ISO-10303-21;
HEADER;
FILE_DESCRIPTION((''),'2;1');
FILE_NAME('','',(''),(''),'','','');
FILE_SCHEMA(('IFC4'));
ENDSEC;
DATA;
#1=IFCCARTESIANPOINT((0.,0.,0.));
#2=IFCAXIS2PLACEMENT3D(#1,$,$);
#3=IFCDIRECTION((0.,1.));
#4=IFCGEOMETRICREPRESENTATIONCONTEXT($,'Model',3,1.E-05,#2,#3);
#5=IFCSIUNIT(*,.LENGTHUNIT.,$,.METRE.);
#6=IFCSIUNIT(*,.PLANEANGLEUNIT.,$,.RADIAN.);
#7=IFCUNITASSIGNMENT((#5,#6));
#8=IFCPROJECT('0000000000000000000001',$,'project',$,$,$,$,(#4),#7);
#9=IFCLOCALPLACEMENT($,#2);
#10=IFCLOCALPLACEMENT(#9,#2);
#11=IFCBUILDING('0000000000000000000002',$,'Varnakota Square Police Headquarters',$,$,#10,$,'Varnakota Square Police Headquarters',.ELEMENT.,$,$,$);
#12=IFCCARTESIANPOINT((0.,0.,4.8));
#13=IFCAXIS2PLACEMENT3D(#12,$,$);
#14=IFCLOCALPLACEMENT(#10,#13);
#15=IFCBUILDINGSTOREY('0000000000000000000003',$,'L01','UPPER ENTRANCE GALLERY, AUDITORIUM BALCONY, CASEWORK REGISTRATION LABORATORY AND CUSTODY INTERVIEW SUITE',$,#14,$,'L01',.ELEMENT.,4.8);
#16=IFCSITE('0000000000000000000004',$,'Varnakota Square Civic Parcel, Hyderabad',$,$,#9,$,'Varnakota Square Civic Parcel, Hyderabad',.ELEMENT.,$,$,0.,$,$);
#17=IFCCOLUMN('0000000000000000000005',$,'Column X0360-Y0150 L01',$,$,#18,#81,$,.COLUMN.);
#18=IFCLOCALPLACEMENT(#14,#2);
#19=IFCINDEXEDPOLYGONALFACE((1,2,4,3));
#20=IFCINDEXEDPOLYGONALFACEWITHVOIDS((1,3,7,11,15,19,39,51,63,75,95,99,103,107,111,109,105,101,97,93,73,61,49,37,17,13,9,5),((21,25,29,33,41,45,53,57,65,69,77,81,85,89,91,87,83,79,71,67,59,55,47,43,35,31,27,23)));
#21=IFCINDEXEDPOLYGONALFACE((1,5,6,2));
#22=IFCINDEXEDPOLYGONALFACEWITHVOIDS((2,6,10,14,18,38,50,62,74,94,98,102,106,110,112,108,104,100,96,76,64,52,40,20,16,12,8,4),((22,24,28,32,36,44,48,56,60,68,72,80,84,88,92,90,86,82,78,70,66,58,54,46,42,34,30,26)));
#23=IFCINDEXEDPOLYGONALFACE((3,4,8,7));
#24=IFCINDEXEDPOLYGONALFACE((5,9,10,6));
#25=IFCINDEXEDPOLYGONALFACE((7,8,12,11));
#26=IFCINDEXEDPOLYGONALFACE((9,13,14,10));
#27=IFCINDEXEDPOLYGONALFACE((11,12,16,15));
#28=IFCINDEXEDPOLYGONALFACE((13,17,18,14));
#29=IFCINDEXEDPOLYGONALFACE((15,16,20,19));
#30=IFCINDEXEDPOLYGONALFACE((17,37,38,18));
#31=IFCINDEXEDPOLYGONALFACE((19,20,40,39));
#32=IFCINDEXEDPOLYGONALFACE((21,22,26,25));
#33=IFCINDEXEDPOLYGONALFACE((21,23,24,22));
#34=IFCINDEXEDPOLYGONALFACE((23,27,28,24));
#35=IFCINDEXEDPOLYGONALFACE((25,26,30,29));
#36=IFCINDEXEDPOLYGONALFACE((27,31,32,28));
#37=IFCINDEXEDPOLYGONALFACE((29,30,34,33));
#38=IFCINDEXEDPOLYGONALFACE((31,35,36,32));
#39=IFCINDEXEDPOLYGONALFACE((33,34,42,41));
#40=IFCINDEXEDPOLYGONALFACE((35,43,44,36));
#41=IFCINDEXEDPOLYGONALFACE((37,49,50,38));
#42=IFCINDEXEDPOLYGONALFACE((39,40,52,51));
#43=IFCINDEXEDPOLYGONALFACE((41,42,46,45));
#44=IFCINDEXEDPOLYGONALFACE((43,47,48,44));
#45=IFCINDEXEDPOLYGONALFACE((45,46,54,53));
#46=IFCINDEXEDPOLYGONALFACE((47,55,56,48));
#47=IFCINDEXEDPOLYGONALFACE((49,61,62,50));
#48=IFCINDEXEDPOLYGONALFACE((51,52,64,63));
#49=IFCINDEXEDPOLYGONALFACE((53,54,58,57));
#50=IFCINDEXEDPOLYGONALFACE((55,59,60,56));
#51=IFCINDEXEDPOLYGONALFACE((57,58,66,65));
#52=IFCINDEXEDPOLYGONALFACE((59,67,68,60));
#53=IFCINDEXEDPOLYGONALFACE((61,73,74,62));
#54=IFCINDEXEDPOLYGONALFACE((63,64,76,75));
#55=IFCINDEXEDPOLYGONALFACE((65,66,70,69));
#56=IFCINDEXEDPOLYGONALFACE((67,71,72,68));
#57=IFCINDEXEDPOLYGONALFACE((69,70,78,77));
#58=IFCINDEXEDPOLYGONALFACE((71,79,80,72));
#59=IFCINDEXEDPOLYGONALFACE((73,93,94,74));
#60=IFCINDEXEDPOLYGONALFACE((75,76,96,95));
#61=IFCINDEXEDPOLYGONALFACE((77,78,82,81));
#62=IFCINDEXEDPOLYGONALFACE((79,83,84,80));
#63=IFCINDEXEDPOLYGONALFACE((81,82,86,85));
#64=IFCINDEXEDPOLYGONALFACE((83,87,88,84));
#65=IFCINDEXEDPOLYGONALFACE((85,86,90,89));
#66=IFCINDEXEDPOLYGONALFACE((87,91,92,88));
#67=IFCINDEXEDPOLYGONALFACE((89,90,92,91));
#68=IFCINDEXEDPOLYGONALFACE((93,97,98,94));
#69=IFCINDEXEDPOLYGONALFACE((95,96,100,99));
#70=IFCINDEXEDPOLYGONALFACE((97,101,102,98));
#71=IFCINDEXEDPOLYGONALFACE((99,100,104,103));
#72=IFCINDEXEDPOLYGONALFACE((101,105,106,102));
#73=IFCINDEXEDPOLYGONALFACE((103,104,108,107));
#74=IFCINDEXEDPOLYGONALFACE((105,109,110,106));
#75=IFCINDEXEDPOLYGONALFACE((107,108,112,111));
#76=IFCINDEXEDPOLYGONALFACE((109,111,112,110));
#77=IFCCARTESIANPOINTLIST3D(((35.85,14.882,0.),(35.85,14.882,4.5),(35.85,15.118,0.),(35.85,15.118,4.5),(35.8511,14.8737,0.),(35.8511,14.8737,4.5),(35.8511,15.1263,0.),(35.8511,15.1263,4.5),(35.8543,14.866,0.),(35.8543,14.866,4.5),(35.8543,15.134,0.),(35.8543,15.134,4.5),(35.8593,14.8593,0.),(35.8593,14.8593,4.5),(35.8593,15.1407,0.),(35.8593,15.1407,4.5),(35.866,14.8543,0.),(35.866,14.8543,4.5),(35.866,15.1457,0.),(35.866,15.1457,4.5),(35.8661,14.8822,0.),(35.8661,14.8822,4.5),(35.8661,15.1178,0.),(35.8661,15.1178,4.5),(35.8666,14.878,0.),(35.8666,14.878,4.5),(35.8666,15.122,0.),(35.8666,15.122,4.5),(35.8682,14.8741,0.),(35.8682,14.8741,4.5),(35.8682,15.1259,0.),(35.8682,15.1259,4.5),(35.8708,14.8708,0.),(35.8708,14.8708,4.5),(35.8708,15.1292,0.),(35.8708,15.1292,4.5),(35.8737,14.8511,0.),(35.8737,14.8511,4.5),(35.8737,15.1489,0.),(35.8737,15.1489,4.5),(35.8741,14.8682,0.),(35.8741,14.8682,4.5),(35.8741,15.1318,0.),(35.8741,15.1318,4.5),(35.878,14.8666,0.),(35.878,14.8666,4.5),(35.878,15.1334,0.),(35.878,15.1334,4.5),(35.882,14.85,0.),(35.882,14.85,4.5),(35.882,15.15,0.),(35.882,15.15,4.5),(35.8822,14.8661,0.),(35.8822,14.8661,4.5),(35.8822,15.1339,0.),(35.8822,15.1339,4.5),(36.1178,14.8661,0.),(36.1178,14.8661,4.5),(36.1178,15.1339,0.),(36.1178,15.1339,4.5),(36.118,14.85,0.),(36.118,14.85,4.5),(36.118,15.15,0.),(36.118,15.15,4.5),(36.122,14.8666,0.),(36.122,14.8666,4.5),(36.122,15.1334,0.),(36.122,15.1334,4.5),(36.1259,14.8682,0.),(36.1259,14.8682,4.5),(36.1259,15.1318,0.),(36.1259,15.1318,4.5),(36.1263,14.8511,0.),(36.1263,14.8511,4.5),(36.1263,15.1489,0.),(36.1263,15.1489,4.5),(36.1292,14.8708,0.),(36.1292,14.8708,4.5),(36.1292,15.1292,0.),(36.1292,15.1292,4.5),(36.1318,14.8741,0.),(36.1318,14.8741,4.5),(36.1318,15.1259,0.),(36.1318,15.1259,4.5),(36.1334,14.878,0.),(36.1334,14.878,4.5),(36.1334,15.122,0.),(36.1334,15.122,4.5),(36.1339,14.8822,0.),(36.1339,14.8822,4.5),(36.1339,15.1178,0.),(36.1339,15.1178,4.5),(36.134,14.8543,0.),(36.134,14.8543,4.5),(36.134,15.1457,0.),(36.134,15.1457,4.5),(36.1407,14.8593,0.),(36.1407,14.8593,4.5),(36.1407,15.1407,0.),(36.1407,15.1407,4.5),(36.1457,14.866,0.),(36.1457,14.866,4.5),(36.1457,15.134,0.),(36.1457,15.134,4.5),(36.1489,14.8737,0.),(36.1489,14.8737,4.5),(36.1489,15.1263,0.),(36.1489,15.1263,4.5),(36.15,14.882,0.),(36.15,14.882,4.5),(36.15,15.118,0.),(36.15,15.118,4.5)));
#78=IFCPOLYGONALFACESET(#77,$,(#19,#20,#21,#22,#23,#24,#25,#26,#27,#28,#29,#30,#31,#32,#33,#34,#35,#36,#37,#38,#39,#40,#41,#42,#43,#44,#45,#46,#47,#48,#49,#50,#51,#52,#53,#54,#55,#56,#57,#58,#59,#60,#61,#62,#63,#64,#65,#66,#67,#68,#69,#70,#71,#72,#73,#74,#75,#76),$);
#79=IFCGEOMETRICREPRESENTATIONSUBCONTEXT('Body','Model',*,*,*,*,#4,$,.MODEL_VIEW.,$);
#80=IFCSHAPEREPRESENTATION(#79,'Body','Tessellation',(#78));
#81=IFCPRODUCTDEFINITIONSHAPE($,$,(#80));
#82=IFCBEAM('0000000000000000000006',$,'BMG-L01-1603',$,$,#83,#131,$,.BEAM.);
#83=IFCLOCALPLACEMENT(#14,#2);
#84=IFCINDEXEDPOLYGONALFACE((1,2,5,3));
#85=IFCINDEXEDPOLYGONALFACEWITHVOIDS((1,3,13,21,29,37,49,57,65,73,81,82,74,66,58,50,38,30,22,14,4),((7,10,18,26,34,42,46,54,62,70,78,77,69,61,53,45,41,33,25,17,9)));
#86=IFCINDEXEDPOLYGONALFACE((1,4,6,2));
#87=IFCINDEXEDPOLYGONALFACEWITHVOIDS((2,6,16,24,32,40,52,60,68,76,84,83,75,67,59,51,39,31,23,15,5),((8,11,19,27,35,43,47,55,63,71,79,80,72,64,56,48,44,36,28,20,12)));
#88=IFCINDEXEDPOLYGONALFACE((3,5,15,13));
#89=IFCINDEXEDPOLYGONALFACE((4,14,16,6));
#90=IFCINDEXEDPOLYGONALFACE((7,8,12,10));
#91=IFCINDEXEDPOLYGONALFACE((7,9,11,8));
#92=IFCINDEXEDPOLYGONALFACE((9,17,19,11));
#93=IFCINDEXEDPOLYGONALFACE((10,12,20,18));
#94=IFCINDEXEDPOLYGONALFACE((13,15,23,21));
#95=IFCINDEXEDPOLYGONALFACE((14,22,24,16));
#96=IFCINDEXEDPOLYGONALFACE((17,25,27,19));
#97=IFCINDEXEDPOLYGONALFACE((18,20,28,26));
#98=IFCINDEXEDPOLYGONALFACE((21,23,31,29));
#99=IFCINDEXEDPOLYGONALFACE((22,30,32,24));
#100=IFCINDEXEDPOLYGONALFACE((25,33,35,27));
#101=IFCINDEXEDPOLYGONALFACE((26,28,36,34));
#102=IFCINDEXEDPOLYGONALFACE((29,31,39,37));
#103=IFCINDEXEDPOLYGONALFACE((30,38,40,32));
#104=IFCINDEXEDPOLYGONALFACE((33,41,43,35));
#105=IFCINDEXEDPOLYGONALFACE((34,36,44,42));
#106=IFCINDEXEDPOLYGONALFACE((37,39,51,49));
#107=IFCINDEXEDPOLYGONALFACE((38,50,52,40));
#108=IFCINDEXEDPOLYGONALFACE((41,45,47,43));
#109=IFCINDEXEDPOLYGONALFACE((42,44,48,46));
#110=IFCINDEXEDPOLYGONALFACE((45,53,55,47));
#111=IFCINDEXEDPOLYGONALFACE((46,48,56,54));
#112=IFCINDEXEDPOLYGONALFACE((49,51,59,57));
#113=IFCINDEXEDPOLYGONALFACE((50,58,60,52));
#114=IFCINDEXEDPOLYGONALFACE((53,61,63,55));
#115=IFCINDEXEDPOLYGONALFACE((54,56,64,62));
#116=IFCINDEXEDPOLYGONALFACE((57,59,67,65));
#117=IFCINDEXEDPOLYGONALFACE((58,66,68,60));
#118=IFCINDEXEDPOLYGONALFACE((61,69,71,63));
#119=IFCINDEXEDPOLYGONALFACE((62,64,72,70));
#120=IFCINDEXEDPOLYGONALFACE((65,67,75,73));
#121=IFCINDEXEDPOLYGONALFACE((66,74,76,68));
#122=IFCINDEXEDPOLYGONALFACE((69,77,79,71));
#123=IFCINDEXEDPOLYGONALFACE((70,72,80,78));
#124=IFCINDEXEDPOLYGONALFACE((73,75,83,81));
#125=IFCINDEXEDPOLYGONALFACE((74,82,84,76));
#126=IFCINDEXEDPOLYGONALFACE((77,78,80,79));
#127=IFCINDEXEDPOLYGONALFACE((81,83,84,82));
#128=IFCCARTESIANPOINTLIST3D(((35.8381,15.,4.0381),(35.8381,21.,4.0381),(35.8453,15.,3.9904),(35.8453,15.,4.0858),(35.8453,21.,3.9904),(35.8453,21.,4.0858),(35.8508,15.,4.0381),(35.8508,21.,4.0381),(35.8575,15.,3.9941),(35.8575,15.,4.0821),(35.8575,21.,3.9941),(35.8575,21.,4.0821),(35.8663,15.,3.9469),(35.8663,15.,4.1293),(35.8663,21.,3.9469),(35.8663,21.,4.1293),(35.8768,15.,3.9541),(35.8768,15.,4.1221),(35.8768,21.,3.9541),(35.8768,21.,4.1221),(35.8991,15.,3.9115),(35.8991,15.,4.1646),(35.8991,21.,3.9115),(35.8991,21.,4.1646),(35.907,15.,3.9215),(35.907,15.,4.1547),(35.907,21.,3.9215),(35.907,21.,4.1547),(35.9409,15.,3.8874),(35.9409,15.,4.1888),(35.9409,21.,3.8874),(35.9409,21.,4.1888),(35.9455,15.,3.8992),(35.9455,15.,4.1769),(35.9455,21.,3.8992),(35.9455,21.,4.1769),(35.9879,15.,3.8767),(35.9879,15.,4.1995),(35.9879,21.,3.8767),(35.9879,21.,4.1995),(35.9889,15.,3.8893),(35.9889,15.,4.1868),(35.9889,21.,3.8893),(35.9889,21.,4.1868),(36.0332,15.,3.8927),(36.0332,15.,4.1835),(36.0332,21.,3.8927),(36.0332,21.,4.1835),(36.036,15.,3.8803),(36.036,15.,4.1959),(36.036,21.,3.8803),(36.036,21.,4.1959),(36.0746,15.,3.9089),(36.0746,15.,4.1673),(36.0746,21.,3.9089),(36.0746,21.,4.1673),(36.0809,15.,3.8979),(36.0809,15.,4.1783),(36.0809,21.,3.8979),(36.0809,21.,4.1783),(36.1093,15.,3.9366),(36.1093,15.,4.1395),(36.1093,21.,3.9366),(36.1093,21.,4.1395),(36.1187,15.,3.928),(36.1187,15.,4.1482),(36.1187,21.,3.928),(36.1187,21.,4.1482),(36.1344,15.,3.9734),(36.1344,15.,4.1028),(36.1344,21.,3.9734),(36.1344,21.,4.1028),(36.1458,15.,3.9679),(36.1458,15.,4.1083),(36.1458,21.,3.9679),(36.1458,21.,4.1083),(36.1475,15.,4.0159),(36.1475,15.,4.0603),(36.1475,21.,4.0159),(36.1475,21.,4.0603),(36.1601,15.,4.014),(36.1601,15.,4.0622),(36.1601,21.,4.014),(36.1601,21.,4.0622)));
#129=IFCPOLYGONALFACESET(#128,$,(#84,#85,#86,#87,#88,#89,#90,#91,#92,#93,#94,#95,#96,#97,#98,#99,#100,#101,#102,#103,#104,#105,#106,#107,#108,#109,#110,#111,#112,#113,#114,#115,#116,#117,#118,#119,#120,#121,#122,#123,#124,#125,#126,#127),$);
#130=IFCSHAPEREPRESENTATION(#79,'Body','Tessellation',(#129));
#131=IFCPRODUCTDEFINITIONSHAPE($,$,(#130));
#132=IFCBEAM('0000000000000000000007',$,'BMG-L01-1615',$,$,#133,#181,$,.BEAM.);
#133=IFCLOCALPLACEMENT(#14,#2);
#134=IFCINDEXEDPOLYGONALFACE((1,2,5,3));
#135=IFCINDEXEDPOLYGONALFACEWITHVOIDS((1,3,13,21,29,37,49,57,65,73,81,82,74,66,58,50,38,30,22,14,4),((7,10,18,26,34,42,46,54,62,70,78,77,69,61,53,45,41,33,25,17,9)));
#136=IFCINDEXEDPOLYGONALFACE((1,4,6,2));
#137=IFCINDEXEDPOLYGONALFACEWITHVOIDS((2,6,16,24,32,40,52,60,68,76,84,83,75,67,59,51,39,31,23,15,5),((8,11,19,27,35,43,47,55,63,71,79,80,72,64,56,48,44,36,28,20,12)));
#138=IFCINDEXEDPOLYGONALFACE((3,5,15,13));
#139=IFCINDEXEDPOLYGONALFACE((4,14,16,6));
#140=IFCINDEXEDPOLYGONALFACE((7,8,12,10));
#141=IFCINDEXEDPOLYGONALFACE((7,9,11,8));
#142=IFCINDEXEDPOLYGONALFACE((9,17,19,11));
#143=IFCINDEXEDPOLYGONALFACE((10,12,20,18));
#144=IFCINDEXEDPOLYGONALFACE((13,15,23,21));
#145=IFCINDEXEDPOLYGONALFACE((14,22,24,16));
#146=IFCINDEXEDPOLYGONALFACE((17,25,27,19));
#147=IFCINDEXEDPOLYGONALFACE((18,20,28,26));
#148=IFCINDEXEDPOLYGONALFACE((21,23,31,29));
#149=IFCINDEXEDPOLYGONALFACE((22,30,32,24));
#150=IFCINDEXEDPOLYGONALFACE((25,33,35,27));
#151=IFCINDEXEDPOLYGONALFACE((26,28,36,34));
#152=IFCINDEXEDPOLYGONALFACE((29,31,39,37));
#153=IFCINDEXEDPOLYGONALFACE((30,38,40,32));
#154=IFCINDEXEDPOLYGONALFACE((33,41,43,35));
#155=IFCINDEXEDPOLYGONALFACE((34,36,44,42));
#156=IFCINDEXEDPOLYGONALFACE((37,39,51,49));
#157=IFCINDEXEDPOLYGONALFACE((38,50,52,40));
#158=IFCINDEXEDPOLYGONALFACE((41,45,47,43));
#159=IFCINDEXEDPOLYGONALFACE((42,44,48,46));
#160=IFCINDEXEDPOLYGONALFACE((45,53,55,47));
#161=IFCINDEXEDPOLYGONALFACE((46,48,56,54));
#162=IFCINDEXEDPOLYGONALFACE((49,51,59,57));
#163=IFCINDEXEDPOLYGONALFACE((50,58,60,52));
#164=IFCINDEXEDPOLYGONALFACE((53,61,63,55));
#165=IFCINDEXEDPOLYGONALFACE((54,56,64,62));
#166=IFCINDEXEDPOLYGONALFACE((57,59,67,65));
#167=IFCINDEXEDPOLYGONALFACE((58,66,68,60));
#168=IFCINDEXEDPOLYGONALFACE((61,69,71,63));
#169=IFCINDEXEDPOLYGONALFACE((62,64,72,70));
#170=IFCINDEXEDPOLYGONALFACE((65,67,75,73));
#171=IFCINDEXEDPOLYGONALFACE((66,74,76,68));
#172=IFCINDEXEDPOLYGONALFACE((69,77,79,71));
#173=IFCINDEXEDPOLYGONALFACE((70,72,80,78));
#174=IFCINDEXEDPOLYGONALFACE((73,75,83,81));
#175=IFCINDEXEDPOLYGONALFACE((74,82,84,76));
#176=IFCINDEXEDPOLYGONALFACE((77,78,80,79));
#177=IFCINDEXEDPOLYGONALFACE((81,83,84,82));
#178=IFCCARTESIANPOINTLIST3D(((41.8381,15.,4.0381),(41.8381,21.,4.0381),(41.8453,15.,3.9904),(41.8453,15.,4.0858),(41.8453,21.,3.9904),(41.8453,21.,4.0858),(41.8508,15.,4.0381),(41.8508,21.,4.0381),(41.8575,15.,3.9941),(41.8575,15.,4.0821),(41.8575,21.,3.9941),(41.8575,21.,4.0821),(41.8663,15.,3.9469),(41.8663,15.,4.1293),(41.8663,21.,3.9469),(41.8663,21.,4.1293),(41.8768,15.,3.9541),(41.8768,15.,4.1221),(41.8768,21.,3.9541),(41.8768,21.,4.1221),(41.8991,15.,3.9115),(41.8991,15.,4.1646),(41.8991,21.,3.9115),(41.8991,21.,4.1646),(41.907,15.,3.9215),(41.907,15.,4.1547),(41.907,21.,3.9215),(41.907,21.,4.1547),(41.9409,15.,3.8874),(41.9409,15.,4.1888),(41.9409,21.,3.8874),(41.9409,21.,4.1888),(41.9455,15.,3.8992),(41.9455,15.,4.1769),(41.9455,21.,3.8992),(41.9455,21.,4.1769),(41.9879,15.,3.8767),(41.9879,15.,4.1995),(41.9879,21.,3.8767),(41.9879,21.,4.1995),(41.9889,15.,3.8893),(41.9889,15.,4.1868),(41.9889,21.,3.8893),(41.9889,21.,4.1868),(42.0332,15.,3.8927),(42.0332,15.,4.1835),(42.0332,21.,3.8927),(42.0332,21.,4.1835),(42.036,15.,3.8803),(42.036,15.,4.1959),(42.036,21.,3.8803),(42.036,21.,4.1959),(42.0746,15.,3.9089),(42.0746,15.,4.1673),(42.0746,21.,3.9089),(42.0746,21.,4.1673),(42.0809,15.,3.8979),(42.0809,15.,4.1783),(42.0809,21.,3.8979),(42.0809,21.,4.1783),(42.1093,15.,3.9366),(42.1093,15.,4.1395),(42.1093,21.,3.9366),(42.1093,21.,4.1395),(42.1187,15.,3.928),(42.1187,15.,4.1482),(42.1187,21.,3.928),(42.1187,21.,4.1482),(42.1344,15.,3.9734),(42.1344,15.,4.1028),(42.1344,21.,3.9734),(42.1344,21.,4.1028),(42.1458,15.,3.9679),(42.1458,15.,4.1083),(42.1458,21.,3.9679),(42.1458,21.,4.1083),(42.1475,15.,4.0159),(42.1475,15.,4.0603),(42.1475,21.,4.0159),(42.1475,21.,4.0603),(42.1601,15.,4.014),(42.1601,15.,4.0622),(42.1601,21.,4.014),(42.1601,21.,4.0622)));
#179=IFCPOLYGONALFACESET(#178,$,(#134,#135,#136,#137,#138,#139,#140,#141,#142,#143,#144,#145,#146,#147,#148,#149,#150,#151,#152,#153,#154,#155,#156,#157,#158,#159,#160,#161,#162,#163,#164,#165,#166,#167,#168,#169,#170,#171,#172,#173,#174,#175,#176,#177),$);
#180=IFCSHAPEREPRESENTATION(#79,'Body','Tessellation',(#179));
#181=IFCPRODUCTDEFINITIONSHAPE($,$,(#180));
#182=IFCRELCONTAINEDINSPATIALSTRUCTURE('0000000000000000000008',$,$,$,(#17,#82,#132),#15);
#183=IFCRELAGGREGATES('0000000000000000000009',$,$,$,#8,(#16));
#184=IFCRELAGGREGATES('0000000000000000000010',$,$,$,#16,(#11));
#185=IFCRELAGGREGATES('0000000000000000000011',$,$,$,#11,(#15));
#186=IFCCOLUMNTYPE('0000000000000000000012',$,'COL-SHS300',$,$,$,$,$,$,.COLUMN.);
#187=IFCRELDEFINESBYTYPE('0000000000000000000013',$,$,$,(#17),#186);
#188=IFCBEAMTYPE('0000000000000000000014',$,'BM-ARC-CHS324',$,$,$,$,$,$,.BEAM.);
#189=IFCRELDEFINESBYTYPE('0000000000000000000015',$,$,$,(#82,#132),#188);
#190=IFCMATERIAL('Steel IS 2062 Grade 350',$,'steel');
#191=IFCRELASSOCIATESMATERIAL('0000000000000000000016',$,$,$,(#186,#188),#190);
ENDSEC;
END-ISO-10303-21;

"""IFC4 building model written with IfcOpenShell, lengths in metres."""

from ifc_helpers import new_model, si_unit, direction, frame, origin, origin_2d, place, context, subcontext, project, spatial, hollow_rectangle, hollow_circle, extrude, material, material_profile, profile_set, type_object, element, save


model = new_model("IFC4")

# Units and contexts
model_context = context("Model", 3, precision=1e-05, world=origin(), true_north=direction((0.0, 1.0)))
body_context = subcontext(model_context, "Body", "Model", "MODEL_VIEW")
ifc_project = project(units=[si_unit("LENGTHUNIT", "METRE"), si_unit("PLANEANGLEUNIT", "RADIAN")], contexts=[model_context])

# Site, building, storey
site_placement = place(None, origin())
site = spatial("IfcSite", under=ifc_project, at=site_placement, Name="Varnakota Square Civic Parcel, Hyderabad", LongName="Varnakota Square Civic Parcel, Hyderabad", CompositionType="ELEMENT", RefElevation=0.0)
building_placement = place(site_placement, origin())
building = spatial("IfcBuilding", under=site, at=building_placement, Name="Varnakota Square Police Headquarters", LongName="Varnakota Square Police Headquarters", CompositionType="ELEMENT")
storey_placement = place(building_placement, frame((0.0, 0.0, 4.8)))
storey = spatial("IfcBuildingStorey", under=building, at=storey_placement, Name="L01", Description="UPPER ENTRANCE GALLERY, AUDITORIUM BALCONY, CASEWORK REGISTRATION LABORATORY AND CUSTODY INTERVIEW SUITE", LongName="L01", CompositionType="ELEMENT", Elevation=4.8)

# Column
ifc_material_1 = material(Name="Steel IS 2062 Grade 350", Category="steel")
ifc_material_profile_1 = material_profile(ifc_material_1, hollow_rectangle(XDim=0.3, YDim=0.3, WallThickness=0.0161, InnerFilletRadius=0.0161, OuterFilletRadius=0.032, at=origin_2d()), Name="SHS 300x300x16")
ifc_profile_set_1 = profile_set([ifc_material_profile_1], Name="Steel IS 2062 Grade 350")
column_type_1 = type_object("IfcColumnType", Name="COL-SHS300", PredefinedType="COLUMN", material=ifc_profile_set_1)
column_1_placement = place(storey_placement, frame((36.0, 15.0, 0.0), z_axis=(0.0, 0.0, 1.0), x_axis=(1.0, 0.0, 0.0)))
element("IfcColumn", 1, at=column_1_placement, inside=storey, type_object=column_type_1, Name="Column X0360-Y0150 L01", PredefinedType="COLUMN", context=body_context, shape_type="SweptSolid", body=[
    extrude(hollow_rectangle(XDim=0.3, YDim=0.3, WallThickness=0.0161, InnerFilletRadius=0.0161, OuterFilletRadius=0.032, at=origin_2d()), origin(), (0.0, 0.0, 1.0), 4.5),
])

# Beams
ifc_material_profile_2 = material_profile(ifc_material_1, hollow_circle(Radius=0.1619, WallThickness=0.0127, at=origin_2d()), Name="CHS 323.9x12.7")
ifc_profile_set_2 = profile_set([ifc_material_profile_2], Name="Steel IS 2062 Grade 350")
beam_type_1 = type_object("IfcBeamType", Name="BM-ARC-CHS324", PredefinedType="BEAM", material=ifc_profile_set_2)
for number, where, z_axis, x_axis, name in (
    (2, (36.0, 15.0, 4.0381), (0.0, 1.0, 0.0), (-1.0, 0.0, 0.0), "BMG-L01-1603"),
    (3, (42.0, 15.0, 4.0381), (0.0, 1.0, 0.0), (-1.0, 0.0, 0.0), "BMG-L01-1615"),
):
    element("IfcBeam", number, at=place(storey_placement, frame(where, z_axis=z_axis, x_axis=x_axis)), inside=storey, type_object=beam_type_1, Name=name, PredefinedType="BEAM", context=body_context, shape_type="SweptSolid", body=[
        extrude(hollow_circle(Radius=0.1619, WallThickness=0.0127, at=origin_2d()), origin(), (0.0, 0.0, 1.0), 6.0),
    ])

save(model, "model.ifc")
